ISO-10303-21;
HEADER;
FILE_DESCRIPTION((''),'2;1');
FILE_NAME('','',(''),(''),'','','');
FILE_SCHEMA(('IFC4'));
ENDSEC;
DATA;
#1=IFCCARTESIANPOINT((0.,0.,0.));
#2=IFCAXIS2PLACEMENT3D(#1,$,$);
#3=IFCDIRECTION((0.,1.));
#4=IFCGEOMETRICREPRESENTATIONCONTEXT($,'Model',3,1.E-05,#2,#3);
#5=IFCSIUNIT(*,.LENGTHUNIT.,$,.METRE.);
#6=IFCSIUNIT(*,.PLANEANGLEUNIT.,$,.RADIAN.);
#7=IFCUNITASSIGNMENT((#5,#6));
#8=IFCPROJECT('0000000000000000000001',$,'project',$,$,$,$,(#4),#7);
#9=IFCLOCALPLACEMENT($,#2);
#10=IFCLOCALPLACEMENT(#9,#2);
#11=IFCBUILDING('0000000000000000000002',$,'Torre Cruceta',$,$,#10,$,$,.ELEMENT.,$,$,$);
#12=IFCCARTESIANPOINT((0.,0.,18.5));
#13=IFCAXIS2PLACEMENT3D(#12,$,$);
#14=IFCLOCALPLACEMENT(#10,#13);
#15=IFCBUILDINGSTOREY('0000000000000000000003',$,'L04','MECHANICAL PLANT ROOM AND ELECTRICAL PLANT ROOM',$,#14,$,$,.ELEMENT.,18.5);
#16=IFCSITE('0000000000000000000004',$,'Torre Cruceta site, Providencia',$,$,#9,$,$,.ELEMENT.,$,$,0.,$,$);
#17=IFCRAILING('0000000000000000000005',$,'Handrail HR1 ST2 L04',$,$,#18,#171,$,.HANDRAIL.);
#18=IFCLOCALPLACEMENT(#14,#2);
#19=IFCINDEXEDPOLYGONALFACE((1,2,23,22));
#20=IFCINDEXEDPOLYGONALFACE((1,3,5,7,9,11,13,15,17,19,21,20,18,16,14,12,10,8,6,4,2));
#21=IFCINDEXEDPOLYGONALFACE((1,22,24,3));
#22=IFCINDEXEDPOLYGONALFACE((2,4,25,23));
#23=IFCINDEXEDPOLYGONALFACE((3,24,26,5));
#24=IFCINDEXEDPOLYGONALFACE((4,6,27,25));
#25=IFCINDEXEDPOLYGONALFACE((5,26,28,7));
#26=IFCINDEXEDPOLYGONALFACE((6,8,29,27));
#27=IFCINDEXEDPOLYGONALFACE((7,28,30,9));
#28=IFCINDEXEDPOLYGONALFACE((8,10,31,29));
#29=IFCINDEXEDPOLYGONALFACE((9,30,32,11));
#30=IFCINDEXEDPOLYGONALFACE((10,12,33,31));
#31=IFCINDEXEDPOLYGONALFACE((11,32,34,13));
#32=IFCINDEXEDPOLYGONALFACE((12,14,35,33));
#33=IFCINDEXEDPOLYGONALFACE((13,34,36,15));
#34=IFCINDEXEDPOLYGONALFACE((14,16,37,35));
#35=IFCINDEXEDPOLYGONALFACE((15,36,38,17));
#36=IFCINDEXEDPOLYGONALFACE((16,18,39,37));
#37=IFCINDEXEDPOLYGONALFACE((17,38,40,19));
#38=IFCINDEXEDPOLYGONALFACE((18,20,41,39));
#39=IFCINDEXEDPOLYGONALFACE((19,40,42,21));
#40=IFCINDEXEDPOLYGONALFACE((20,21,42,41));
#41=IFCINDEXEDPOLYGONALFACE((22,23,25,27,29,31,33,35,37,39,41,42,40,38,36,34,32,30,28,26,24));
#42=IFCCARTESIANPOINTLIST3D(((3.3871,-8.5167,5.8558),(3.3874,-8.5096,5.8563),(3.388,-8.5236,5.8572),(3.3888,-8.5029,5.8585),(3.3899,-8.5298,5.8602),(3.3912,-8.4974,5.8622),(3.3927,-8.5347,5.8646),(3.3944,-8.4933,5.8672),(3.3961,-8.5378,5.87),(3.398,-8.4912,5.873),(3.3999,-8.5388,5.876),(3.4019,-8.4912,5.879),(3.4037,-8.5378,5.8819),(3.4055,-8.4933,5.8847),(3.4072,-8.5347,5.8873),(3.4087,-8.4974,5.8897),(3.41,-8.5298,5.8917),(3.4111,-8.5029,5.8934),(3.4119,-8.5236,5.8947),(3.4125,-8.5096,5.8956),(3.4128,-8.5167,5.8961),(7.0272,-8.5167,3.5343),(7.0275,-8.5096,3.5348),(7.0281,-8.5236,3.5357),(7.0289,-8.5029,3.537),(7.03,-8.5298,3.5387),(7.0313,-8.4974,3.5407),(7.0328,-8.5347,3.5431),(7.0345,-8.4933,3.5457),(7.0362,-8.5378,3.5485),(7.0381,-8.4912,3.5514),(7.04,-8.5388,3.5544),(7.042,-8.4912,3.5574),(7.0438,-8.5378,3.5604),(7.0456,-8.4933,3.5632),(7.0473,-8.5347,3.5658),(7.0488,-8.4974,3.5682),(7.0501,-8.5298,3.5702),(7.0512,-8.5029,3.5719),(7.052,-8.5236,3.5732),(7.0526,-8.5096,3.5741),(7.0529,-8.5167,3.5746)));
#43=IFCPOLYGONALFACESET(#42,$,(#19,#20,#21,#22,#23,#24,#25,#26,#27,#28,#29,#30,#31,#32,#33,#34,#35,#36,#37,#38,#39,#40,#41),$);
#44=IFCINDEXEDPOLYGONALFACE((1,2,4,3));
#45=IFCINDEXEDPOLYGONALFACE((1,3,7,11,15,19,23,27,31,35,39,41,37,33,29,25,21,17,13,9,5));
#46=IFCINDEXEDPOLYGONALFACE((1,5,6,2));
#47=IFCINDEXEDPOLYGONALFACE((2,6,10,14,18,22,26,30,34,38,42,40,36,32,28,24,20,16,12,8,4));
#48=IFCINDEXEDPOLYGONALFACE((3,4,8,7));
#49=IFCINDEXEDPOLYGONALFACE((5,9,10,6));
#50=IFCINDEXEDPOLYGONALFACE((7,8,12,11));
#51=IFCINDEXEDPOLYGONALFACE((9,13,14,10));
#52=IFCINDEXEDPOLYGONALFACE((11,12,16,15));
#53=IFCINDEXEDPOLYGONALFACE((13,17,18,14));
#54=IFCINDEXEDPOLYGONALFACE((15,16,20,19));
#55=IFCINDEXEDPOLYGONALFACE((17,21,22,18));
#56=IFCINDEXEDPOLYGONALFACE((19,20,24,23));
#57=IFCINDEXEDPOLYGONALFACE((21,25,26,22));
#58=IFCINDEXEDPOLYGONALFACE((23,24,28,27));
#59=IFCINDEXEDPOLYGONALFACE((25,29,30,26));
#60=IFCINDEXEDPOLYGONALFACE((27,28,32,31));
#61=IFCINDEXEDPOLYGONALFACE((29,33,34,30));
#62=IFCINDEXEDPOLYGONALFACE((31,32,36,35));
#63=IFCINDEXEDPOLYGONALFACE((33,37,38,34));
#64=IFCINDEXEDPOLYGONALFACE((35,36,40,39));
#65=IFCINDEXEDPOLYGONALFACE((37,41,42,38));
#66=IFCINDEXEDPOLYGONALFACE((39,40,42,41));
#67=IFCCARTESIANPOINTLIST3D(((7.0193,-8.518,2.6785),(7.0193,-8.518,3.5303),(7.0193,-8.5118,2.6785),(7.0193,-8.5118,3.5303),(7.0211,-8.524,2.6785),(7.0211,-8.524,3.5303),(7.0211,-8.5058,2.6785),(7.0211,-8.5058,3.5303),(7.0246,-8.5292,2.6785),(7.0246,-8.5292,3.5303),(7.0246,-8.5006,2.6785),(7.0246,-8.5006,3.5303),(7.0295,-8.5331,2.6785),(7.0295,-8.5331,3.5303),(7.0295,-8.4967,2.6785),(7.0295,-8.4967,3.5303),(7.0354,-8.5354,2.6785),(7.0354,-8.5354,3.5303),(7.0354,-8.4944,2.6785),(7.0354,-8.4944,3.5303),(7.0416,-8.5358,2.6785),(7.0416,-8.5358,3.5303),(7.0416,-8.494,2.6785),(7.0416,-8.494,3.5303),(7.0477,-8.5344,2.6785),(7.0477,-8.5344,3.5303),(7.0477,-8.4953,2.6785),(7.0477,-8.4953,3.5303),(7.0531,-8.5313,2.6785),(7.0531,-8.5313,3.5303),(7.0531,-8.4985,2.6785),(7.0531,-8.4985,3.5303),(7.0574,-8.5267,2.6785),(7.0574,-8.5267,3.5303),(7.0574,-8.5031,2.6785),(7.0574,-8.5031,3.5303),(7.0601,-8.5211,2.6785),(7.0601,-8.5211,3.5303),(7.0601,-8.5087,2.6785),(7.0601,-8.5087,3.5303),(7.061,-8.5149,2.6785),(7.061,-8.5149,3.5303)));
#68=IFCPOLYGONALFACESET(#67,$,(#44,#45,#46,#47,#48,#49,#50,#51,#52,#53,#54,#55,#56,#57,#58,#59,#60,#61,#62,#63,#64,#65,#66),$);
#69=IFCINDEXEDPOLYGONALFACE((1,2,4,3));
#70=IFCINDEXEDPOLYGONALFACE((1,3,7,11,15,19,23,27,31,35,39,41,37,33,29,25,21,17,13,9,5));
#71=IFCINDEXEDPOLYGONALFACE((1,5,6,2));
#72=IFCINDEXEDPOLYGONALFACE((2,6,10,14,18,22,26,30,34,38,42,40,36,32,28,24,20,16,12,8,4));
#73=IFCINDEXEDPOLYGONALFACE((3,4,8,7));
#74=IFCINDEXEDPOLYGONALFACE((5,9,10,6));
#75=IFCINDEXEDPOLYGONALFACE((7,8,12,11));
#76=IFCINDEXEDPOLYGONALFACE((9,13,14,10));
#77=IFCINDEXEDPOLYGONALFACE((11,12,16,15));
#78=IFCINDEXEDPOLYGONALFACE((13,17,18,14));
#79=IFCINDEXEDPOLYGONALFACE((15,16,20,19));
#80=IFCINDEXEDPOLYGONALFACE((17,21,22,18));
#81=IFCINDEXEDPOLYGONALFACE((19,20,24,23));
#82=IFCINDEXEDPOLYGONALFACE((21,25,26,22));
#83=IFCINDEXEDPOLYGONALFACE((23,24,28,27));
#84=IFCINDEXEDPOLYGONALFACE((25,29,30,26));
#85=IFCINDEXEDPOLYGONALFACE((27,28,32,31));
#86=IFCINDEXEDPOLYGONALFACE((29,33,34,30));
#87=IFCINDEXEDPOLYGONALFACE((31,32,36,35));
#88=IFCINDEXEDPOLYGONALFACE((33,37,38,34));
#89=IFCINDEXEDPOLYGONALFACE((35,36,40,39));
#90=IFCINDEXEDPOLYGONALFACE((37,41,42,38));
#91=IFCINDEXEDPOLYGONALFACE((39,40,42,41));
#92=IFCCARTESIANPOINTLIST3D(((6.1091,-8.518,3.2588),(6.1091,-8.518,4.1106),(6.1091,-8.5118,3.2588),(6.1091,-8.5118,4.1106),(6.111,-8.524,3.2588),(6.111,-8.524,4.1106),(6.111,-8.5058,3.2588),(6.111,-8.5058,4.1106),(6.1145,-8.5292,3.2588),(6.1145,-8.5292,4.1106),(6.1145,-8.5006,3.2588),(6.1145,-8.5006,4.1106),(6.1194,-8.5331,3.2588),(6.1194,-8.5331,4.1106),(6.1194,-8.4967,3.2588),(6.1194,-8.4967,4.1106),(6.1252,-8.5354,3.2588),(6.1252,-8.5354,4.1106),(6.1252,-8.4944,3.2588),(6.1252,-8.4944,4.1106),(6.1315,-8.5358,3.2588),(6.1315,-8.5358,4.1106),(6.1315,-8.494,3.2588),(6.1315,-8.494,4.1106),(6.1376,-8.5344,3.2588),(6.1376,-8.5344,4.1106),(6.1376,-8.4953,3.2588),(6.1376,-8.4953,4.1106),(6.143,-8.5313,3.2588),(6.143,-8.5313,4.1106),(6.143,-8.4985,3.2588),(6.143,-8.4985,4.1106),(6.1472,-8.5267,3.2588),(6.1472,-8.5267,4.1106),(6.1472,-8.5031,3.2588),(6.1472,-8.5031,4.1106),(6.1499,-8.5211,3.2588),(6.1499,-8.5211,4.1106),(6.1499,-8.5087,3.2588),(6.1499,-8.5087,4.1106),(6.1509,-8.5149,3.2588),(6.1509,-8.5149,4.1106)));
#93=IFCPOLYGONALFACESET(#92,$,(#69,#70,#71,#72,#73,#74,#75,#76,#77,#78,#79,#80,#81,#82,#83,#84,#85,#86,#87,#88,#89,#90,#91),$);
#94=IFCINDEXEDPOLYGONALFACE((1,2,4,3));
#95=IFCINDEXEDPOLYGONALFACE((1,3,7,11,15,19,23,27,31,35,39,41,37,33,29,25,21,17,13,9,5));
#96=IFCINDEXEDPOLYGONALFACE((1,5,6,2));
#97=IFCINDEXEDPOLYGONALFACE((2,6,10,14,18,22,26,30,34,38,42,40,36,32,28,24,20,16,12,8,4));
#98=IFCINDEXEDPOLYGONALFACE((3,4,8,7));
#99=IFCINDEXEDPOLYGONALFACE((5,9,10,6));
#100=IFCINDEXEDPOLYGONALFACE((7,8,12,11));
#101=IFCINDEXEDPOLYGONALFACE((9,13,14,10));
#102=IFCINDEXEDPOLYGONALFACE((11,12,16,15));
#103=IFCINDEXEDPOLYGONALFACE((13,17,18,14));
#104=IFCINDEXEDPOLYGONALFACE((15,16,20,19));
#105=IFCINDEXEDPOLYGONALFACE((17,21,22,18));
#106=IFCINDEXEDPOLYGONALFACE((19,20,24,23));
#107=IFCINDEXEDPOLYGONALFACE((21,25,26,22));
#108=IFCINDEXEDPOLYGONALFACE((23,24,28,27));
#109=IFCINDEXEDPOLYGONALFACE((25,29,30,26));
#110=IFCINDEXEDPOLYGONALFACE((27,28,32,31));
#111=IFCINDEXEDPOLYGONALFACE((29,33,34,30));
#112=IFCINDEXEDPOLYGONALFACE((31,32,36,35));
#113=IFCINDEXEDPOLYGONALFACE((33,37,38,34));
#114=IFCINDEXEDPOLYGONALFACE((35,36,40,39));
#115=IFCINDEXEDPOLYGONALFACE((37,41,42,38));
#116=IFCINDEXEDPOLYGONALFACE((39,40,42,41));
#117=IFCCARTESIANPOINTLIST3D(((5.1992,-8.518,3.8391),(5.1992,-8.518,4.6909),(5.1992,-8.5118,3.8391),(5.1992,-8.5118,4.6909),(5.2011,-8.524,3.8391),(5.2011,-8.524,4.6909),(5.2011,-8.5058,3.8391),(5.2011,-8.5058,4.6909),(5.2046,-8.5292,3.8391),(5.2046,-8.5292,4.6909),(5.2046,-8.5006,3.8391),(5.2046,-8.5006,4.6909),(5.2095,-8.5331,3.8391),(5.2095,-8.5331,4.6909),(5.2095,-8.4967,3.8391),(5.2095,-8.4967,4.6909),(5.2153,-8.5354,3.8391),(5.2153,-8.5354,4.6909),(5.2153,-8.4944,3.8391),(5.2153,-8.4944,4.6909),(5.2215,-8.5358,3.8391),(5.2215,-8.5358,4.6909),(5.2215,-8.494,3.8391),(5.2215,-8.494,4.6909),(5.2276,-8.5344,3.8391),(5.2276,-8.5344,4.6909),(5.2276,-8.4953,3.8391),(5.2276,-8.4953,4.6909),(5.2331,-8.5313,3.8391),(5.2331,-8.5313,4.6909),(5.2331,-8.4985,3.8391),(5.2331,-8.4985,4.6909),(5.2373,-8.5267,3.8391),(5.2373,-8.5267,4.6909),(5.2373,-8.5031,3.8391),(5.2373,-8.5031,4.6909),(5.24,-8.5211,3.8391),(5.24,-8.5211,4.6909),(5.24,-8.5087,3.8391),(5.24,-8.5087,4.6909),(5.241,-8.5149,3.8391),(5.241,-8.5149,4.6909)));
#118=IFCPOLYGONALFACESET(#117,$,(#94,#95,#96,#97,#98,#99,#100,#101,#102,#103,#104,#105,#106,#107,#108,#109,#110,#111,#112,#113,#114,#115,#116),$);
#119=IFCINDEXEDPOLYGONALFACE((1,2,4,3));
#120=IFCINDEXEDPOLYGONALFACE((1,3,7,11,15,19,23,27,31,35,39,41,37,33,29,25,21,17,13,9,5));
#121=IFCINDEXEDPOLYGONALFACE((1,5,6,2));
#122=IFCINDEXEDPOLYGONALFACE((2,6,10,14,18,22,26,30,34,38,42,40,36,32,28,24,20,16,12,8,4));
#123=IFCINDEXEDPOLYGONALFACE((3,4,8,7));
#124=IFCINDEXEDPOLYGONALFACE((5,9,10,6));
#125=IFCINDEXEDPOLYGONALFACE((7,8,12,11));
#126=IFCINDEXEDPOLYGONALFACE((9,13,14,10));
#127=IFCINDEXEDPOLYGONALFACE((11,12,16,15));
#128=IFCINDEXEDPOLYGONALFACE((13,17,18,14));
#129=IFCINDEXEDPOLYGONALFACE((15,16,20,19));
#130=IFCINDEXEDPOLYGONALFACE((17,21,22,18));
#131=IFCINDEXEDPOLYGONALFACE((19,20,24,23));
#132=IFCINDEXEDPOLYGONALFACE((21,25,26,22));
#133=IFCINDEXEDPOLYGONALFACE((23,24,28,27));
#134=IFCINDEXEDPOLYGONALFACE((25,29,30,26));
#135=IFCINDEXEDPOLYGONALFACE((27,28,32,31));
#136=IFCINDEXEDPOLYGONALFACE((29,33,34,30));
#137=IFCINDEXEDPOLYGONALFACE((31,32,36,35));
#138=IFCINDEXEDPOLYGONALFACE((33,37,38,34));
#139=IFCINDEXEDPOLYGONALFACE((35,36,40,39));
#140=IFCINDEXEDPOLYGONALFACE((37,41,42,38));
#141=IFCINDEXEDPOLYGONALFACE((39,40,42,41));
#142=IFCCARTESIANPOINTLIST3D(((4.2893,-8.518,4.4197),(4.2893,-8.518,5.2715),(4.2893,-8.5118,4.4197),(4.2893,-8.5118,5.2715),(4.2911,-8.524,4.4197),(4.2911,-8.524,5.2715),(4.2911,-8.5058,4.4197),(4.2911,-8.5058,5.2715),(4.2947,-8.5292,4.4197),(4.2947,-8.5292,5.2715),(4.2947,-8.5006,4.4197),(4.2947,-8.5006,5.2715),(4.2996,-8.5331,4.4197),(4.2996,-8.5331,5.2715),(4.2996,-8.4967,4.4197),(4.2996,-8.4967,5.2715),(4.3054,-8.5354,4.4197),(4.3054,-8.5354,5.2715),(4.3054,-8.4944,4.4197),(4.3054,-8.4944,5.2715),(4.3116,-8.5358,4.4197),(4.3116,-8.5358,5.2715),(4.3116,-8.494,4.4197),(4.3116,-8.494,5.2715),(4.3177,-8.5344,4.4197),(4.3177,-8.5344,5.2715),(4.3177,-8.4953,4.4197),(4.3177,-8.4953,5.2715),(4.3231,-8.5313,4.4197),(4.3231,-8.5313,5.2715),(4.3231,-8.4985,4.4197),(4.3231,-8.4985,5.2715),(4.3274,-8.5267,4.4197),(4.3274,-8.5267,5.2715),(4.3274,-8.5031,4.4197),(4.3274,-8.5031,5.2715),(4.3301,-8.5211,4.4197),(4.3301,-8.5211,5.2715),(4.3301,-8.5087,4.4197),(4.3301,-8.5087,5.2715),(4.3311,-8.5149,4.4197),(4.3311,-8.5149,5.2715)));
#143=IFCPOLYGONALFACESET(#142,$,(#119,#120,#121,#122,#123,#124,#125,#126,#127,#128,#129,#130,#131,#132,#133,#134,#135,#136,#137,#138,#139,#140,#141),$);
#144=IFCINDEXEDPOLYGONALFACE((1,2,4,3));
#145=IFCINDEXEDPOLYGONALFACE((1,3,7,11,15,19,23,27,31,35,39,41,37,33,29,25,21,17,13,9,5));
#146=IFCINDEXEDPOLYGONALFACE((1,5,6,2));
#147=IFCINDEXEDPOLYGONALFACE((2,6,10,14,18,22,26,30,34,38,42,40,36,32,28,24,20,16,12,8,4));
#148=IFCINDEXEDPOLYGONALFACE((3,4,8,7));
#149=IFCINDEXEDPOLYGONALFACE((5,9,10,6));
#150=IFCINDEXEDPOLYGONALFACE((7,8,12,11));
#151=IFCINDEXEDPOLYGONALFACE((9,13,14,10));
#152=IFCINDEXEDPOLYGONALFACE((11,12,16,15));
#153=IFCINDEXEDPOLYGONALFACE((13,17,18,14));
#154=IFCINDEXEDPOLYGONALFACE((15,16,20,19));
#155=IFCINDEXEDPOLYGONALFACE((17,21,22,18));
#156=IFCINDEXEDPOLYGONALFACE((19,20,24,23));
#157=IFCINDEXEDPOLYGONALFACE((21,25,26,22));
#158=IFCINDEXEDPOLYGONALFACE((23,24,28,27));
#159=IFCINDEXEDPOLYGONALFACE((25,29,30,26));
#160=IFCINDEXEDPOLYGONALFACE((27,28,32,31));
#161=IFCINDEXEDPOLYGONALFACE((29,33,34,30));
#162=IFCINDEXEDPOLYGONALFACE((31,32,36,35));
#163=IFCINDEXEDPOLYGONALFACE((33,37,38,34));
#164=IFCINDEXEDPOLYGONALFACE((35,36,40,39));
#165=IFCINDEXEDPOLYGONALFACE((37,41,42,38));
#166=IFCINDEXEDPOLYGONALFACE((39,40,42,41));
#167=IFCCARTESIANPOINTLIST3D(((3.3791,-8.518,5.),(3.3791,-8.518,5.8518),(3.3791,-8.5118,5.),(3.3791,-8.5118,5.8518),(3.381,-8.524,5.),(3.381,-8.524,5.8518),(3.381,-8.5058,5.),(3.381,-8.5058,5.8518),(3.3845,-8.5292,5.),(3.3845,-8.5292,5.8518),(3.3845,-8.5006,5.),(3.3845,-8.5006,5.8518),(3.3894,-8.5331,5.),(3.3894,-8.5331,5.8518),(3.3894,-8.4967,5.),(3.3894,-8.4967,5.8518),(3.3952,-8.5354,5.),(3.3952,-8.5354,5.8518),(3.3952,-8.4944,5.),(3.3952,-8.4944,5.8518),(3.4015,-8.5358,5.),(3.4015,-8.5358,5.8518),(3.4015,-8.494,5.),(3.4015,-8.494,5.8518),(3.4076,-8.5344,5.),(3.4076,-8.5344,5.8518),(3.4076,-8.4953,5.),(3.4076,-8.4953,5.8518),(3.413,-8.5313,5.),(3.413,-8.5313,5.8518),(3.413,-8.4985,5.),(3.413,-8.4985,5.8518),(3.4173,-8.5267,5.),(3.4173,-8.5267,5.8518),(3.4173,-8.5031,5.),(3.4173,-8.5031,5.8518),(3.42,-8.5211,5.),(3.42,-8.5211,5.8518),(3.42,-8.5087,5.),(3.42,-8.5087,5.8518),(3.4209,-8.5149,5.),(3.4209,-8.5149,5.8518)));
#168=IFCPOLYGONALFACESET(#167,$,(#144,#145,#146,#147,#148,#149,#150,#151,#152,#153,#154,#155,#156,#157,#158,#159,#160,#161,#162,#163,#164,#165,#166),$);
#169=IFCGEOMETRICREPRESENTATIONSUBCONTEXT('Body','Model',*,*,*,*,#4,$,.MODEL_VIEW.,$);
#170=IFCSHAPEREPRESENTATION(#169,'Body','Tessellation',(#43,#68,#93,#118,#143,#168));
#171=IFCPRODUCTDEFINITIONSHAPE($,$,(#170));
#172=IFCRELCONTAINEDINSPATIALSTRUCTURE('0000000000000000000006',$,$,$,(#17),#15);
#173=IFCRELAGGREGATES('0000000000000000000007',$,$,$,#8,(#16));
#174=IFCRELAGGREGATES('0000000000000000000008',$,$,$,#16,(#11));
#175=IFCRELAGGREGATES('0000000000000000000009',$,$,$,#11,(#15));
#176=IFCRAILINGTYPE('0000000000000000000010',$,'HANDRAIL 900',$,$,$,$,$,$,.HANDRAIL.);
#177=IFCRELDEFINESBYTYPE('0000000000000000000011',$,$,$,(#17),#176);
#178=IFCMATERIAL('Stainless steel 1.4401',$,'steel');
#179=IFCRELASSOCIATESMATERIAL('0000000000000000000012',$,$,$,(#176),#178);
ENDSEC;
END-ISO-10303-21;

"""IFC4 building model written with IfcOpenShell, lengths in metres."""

from ifc_helpers import new_model, si_unit, direction, frame, origin, origin_2d, place, context, subcontext, project, spatial, circle, extrude, material, type_object, element, save


model = new_model("IFC4")

# Units and contexts
model_context = context("Model", 3, precision=1e-05, world=origin(), true_north=direction((0.0, 1.0)))
body_context = subcontext(model_context, "Body", "Model", "MODEL_VIEW")
ifc_project = project(units=[si_unit("LENGTHUNIT", "METRE"), si_unit("PLANEANGLEUNIT", "RADIAN")], contexts=[model_context])

# Site, building, storey
site_placement = place(None, origin())
site = spatial("IfcSite", under=ifc_project, at=site_placement, Name="Torre Cruceta site, Providencia", CompositionType="ELEMENT", RefElevation=0.0)
building_placement = place(site_placement, origin())
building = spatial("IfcBuilding", under=site, at=building_placement, Name="Torre Cruceta", CompositionType="ELEMENT")
storey_placement = place(building_placement, frame((0.0, 0.0, 18.5)))
storey = spatial("IfcBuildingStorey", under=building, at=storey_placement, Name="L04", Description="MECHANICAL PLANT ROOM AND ELECTRICAL PLANT ROOM", CompositionType="ELEMENT", Elevation=18.5)

# Railing
ifc_material_1 = material(Name="Stainless steel 1.4401", Category="steel")
railing_type = type_object("IfcRailingType", Name="HANDRAIL 900", PredefinedType="HANDRAIL", material=ifc_material_1)
railing_1_placement = place(storey_placement, frame((7.04, -8.5149, 2.6785)))
element("IfcRailing", 1, at=railing_1_placement, inside=storey, type_object=railing_type, Name="Handrail HR1 ST2 L04", PredefinedType="HANDRAIL", context=body_context, shape_type="SweptSolid", body=[
    extrude(circle(Radius=0.0239, at=origin_2d()), frame((0.0, 0.0, 0.876), z_axis=(-0.843128, 0.0, 0.537713), x_axis=(0.0, -1.0, 0.0)), (0.0, 0.0, 1.0), 4.3174),
    extrude(circle(Radius=0.021, at=origin_2d()), origin(), (0.0, 0.0, 1.0), 0.8518),
    extrude(circle(Radius=0.021, at=origin_2d()), frame((-0.9102, 0.0, 0.5803)), (0.0, 0.0, 1.0), 0.8518),
    extrude(circle(Radius=0.021, at=origin_2d()), frame((-1.8201, 0.0, 1.1606)), (0.0, 0.0, 1.0), 0.8518),
    extrude(circle(Radius=0.021, at=origin_2d()), frame((-2.73, 0.0, 1.7412)), (0.0, 0.0, 1.0), 0.8518),
    extrude(circle(Radius=0.021, at=origin_2d()), frame((-3.6401, 0.0, 2.3215)), (0.0, 0.0, 1.0), 0.8518),
])

save(model, "model.ifc")
